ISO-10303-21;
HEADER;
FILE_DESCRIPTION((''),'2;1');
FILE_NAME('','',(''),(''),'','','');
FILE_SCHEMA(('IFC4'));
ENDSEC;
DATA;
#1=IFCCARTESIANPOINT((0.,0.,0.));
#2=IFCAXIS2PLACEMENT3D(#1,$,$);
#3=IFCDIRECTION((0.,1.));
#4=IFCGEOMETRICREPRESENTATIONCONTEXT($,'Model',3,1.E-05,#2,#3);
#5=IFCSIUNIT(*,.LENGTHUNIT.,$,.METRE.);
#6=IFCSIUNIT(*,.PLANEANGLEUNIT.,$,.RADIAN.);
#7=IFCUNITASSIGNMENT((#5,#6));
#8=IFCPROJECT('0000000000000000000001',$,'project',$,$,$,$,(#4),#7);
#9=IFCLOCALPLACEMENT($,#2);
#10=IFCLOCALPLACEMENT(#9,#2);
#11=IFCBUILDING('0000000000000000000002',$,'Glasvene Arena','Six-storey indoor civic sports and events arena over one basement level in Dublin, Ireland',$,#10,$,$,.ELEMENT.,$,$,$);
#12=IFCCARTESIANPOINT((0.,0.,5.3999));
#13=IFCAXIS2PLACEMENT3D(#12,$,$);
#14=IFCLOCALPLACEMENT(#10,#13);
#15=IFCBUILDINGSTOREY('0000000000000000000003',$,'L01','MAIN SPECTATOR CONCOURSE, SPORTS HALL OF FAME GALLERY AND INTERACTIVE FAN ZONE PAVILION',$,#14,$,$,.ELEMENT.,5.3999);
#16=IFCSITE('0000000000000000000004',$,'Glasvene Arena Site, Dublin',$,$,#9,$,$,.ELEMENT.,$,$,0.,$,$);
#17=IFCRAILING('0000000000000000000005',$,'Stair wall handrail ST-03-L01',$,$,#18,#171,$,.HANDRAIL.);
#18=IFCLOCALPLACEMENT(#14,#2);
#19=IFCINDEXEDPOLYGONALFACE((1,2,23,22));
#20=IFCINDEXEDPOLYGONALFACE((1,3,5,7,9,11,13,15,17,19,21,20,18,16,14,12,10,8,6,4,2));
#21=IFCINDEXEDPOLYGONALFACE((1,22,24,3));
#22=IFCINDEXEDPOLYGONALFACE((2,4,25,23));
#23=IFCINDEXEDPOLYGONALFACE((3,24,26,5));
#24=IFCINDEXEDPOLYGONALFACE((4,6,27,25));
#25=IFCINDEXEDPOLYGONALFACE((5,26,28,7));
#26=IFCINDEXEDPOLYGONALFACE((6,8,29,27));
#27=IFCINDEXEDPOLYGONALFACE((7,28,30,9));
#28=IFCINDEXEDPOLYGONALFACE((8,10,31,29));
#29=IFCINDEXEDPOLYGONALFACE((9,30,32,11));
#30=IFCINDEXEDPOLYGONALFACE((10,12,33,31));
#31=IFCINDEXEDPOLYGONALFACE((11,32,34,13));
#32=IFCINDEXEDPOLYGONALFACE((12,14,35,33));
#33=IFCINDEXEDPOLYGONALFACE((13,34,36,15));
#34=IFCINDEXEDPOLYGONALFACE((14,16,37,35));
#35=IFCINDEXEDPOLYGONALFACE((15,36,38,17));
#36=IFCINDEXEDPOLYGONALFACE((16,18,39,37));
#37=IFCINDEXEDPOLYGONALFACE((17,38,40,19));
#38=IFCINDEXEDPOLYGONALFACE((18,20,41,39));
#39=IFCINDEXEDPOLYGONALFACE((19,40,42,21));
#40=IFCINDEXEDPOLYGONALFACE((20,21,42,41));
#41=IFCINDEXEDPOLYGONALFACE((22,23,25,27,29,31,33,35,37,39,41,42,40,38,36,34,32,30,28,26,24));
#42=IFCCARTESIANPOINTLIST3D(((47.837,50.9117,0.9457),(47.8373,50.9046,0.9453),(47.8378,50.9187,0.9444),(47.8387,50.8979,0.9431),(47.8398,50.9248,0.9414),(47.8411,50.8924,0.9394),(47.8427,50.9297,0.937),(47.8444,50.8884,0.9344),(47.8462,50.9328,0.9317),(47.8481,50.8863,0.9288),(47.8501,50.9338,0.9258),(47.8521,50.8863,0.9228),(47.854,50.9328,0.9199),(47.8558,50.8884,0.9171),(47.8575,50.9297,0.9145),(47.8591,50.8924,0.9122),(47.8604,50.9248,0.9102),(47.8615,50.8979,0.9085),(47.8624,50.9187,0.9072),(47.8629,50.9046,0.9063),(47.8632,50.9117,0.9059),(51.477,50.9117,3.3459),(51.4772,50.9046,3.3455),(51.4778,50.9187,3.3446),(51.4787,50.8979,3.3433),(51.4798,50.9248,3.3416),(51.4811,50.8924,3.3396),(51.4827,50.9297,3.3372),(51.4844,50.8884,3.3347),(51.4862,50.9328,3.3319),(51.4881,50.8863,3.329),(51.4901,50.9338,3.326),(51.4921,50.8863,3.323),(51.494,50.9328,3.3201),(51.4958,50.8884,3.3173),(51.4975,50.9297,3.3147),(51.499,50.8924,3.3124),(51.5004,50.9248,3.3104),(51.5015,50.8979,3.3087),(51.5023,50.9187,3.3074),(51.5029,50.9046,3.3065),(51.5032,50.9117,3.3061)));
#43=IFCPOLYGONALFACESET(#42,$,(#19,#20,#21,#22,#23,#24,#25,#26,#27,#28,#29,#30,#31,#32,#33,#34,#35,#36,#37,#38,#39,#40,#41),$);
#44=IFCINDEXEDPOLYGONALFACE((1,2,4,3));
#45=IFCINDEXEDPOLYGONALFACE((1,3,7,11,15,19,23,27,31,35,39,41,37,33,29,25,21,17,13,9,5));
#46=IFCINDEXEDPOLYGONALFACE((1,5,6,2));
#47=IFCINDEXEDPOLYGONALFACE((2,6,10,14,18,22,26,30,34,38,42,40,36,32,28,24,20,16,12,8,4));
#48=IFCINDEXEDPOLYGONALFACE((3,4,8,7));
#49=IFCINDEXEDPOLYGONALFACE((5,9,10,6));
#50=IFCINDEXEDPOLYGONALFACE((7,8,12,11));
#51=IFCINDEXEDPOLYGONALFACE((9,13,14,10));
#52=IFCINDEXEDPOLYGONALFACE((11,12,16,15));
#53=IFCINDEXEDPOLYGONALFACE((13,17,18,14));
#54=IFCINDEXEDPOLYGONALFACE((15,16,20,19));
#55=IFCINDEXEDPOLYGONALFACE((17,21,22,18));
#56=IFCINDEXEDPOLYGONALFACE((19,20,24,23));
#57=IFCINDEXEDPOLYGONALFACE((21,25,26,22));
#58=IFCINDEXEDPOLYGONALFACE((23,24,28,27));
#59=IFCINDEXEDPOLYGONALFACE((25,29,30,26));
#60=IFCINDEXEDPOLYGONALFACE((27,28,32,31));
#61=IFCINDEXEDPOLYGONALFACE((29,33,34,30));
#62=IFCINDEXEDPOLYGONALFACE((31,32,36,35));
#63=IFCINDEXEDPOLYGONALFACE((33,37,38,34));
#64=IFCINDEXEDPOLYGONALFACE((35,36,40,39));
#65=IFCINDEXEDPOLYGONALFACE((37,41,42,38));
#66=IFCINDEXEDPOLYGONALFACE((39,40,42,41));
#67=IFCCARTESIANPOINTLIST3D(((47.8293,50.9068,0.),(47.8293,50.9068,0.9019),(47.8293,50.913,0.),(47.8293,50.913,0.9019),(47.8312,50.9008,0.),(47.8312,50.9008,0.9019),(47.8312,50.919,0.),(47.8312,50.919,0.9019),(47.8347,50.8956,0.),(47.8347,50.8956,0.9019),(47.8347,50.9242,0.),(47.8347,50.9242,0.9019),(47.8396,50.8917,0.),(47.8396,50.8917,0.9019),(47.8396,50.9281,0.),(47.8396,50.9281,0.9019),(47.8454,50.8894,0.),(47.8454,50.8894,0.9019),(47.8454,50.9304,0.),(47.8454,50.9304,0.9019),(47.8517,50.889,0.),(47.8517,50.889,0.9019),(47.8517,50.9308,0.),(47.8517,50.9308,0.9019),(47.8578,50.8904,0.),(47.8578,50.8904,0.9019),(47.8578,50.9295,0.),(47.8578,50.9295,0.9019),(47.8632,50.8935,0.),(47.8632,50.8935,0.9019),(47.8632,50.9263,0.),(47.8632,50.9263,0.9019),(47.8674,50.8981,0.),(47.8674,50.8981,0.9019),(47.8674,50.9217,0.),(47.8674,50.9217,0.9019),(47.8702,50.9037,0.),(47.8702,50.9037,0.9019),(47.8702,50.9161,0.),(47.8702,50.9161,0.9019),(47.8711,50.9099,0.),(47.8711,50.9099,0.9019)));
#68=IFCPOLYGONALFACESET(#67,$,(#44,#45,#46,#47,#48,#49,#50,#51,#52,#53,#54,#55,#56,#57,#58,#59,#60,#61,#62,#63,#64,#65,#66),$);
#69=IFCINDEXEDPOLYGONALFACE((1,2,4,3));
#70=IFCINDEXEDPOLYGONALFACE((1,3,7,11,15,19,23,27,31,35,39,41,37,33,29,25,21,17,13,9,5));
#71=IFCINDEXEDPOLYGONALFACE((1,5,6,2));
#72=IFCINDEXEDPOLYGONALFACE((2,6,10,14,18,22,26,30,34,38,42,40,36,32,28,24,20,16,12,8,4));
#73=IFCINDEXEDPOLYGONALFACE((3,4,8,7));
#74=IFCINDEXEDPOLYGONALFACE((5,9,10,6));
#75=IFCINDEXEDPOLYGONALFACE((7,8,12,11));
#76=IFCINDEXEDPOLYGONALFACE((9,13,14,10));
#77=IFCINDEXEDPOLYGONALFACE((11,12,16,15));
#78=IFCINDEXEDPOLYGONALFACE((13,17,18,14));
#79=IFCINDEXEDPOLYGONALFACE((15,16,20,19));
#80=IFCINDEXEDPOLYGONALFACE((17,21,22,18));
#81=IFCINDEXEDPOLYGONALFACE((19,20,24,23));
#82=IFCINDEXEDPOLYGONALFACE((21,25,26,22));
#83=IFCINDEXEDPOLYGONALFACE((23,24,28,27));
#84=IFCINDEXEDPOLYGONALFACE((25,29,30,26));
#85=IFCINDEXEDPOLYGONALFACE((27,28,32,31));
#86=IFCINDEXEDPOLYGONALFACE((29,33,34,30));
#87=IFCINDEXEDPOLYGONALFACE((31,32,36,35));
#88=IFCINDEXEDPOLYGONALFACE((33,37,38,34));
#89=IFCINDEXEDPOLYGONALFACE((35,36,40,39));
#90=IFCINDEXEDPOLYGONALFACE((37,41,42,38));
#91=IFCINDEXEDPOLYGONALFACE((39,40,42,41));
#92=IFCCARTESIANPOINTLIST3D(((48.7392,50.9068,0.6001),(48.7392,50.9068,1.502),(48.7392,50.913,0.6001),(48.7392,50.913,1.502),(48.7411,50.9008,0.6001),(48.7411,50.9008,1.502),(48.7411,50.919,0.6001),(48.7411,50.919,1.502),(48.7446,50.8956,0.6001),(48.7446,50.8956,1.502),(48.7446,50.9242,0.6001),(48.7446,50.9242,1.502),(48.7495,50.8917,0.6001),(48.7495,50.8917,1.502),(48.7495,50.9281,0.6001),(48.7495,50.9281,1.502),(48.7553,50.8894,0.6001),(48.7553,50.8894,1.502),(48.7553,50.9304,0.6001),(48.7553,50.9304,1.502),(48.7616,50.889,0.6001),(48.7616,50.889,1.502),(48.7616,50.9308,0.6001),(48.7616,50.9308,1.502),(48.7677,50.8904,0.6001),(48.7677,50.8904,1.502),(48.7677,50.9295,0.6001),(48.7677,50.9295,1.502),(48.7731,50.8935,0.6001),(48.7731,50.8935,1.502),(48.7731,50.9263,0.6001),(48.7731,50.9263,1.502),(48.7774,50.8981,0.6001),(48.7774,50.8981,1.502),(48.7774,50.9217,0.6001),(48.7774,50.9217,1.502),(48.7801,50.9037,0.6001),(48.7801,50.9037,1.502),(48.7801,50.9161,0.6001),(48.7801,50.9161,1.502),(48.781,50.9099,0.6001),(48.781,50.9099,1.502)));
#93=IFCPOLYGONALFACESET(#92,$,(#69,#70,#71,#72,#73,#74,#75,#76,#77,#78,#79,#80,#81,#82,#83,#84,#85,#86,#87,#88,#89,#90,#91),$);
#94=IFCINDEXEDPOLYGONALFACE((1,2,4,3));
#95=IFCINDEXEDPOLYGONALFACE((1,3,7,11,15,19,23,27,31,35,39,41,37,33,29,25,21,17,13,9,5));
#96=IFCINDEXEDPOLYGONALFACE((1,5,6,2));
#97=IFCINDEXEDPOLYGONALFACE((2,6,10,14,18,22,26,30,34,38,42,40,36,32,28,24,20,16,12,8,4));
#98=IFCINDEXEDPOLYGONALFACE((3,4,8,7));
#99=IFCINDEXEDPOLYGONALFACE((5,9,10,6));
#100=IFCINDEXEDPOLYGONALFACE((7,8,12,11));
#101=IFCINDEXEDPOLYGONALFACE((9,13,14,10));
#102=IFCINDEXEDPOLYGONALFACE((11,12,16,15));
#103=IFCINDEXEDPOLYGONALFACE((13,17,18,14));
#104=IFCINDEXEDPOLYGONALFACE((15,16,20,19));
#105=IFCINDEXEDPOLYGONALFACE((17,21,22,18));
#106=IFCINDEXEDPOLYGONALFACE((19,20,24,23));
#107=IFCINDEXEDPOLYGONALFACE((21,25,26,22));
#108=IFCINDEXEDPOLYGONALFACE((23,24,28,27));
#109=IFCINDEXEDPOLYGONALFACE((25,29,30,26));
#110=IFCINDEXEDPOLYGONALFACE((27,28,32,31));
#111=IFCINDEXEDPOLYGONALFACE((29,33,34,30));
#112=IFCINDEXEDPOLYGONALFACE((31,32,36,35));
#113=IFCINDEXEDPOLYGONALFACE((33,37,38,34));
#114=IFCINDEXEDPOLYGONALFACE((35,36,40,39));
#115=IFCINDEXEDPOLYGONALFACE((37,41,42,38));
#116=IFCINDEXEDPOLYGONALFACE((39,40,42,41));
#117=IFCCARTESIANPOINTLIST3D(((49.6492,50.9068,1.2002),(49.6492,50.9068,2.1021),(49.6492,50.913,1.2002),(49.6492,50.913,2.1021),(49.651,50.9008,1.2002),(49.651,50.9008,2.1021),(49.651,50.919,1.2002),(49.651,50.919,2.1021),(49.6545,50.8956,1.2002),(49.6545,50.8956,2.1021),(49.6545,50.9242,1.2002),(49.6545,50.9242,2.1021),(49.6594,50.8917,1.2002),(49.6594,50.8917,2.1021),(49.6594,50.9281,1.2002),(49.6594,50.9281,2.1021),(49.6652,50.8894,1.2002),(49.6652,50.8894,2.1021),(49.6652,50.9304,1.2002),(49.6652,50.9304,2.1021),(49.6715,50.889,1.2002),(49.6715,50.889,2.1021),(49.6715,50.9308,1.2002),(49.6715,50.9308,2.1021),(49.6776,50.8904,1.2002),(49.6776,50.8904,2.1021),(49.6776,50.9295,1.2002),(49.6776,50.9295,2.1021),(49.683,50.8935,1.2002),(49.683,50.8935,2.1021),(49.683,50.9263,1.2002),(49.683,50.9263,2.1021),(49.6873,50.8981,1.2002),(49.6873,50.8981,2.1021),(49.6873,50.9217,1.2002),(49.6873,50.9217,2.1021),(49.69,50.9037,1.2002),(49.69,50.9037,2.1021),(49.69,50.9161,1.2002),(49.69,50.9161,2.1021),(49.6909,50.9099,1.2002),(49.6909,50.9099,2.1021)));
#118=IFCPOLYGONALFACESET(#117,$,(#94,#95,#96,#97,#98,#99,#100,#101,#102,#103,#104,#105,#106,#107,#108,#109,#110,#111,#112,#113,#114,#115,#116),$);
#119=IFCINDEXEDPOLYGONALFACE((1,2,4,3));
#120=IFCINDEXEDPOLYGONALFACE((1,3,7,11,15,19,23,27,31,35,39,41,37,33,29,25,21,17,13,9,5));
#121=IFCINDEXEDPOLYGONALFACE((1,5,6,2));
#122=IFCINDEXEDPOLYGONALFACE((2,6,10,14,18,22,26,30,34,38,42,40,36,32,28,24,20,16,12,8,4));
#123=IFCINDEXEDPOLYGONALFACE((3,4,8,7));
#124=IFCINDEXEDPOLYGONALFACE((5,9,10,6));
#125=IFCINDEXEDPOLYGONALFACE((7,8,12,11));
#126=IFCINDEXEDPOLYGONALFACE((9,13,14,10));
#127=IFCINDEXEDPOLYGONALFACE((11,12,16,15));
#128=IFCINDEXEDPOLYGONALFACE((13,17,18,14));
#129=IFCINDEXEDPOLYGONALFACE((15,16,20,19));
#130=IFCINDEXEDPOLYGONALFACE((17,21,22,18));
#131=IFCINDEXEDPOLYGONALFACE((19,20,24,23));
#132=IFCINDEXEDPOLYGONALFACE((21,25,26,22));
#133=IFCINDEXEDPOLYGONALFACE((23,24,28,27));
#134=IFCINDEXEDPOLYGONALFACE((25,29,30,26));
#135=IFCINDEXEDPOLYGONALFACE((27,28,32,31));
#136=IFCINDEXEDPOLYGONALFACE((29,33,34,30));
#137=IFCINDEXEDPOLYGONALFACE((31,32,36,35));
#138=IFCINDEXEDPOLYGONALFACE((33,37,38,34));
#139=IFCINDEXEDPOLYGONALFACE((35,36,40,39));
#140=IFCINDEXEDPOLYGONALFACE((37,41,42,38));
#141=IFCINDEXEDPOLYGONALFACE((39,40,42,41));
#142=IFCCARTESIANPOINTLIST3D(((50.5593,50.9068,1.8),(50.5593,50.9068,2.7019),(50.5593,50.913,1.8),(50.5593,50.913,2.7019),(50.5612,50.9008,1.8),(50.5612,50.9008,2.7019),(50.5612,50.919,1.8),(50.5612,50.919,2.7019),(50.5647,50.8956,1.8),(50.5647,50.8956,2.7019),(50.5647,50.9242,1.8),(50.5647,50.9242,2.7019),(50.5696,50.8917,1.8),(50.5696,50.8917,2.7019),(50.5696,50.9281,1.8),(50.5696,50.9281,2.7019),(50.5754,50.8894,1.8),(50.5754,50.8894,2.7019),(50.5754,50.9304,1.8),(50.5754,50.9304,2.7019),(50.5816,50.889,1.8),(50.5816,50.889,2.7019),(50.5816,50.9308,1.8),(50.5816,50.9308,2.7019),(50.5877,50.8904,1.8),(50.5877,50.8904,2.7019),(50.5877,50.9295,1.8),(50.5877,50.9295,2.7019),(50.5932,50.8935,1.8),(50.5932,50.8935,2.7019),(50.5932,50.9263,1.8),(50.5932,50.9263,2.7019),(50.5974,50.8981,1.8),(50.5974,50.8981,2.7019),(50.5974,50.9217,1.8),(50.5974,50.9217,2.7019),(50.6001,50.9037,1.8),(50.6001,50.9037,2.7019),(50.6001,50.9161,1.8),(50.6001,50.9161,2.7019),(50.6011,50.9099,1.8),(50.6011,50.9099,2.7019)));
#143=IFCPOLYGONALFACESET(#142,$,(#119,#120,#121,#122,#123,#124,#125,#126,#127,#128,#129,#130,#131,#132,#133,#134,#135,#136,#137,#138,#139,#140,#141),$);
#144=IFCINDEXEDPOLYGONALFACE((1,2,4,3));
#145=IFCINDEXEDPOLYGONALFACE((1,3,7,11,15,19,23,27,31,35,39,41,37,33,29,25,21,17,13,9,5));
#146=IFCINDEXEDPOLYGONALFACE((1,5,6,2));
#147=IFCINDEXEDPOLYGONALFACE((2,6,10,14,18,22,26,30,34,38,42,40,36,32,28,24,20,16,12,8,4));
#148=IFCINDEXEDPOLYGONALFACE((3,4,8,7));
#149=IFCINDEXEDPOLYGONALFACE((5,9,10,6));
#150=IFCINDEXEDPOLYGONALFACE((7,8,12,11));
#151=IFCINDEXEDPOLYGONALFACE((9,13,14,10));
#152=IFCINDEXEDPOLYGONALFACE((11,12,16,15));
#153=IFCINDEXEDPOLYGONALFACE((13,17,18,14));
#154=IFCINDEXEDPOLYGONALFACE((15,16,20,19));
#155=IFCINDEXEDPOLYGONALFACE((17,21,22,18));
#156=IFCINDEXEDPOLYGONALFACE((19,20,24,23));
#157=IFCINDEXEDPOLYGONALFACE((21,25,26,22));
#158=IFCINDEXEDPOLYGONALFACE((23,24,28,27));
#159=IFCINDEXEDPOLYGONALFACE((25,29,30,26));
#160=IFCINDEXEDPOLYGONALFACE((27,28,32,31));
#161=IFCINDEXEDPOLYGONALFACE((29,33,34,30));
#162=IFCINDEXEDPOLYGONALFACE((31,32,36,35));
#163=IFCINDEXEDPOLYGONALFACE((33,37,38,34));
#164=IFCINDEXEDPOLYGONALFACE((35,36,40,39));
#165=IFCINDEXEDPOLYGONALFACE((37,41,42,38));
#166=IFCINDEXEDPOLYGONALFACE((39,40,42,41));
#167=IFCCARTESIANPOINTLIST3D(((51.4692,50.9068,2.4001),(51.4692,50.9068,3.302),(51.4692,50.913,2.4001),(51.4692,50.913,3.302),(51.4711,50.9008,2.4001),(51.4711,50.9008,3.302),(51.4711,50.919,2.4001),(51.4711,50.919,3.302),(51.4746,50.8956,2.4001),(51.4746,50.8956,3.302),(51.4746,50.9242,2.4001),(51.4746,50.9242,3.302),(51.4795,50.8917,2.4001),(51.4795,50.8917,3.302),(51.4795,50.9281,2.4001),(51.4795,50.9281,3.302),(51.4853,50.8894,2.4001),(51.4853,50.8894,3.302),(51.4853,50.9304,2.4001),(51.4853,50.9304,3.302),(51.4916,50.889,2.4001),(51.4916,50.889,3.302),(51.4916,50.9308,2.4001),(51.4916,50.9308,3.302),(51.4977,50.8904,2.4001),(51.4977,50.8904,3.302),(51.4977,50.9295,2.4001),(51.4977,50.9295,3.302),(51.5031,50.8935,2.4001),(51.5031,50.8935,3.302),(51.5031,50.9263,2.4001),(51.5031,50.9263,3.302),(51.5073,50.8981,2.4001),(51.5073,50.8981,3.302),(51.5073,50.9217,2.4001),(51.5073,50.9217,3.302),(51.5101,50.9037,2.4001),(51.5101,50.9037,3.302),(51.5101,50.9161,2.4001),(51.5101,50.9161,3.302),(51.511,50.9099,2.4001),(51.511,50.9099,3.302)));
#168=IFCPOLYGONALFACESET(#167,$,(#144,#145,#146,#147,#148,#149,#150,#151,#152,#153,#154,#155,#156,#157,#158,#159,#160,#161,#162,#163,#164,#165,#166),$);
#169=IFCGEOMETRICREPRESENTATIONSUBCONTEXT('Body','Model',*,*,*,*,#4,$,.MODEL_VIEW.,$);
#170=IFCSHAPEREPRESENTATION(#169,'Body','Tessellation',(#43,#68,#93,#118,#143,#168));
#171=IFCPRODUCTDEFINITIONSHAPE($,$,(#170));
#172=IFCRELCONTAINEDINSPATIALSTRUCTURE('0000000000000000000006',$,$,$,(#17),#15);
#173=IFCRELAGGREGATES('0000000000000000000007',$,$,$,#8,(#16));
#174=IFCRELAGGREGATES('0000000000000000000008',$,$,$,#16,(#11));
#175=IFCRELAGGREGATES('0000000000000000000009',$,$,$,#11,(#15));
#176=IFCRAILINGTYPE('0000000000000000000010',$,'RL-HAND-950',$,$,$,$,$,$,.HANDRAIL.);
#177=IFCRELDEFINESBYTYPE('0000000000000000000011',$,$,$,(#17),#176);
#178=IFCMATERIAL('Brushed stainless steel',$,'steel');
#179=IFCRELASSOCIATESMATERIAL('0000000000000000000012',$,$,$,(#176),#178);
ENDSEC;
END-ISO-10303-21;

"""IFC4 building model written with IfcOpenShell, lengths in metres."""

from ifc_helpers import new_model, si_unit, direction, frame, origin, origin_2d, place, context, subcontext, project, spatial, circle, extrude, material, type_object, element, save


model = new_model("IFC4")

# Units and contexts
model_context = context("Model", 3, precision=1e-05, world=origin(), true_north=direction((0.0, 1.0)))
body_context = subcontext(model_context, "Body", "Model", "MODEL_VIEW")
ifc_project = project(units=[si_unit("LENGTHUNIT", "METRE"), si_unit("PLANEANGLEUNIT", "RADIAN")], contexts=[model_context])

# Site, building, storey
site_placement = place(None, origin())
site = spatial("IfcSite", under=ifc_project, at=site_placement, Name="Glasvene Arena Site, Dublin", CompositionType="ELEMENT", RefElevation=0.0)
building_placement = place(site_placement, origin())
building = spatial("IfcBuilding", under=site, at=building_placement, Name="Glasvene Arena", Description="Six-storey indoor civic sports and events arena over one basement level in Dublin, Ireland", CompositionType="ELEMENT")
storey_placement = place(building_placement, frame((0.0, 0.0, 5.3999)))
storey = spatial("IfcBuildingStorey", under=building, at=storey_placement, Name="L01", Description="MAIN SPECTATOR CONCOURSE, SPORTS HALL OF FAME GALLERY AND INTERACTIVE FAN ZONE PAVILION", CompositionType="ELEMENT", Elevation=5.3999)

# Shared definitions
ifc_material_1 = material(Name="Brushed stainless steel", Category="steel")

# Railing
railing_type_1 = type_object("IfcRailingType", Name="RL-HAND-950", PredefinedType="HANDRAIL", material=ifc_material_1)
railing_1_placement = place(storey_placement, frame((47.8501, 50.9099, 0.0)))
element("IfcRailing", 1, at=railing_1_placement, inside=storey, type_object=railing_type_1, Name="Stair wall handrail ST-03-L01", PredefinedType="HANDRAIL", context=body_context, shape_type="SweptSolid", body=[
    extrude(circle(Radius=0.0239, at=origin_2d()), frame((0.0, 0.0, 0.9258), z_axis=(0.834839, 0.0, 0.550493), x_axis=(0.0, 1.0, 0.0)), (0.0, 0.0, 1.0), 4.3601),
    extrude(circle(Radius=0.021, at=origin_2d()), origin(), (0.0, 0.0, 1.0), 0.9019),
    extrude(circle(Radius=0.021, at=origin_2d()), frame((0.9099, 0.0, 0.6001)), (0.0, 0.0, 1.0), 0.9019),
    extrude(circle(Radius=0.021, at=origin_2d()), frame((1.8198, 0.0, 1.2002)), (0.0, 0.0, 1.0), 0.9019),
    extrude(circle(Radius=0.021, at=origin_2d()), frame((2.73, 0.0, 1.8)), (0.0, 0.0, 1.0), 0.9019),
    extrude(circle(Radius=0.021, at=origin_2d()), frame((3.6399, 0.0, 2.4001)), (0.0, 0.0, 1.0), 0.9019),
])

save(model, "model.ifc")
